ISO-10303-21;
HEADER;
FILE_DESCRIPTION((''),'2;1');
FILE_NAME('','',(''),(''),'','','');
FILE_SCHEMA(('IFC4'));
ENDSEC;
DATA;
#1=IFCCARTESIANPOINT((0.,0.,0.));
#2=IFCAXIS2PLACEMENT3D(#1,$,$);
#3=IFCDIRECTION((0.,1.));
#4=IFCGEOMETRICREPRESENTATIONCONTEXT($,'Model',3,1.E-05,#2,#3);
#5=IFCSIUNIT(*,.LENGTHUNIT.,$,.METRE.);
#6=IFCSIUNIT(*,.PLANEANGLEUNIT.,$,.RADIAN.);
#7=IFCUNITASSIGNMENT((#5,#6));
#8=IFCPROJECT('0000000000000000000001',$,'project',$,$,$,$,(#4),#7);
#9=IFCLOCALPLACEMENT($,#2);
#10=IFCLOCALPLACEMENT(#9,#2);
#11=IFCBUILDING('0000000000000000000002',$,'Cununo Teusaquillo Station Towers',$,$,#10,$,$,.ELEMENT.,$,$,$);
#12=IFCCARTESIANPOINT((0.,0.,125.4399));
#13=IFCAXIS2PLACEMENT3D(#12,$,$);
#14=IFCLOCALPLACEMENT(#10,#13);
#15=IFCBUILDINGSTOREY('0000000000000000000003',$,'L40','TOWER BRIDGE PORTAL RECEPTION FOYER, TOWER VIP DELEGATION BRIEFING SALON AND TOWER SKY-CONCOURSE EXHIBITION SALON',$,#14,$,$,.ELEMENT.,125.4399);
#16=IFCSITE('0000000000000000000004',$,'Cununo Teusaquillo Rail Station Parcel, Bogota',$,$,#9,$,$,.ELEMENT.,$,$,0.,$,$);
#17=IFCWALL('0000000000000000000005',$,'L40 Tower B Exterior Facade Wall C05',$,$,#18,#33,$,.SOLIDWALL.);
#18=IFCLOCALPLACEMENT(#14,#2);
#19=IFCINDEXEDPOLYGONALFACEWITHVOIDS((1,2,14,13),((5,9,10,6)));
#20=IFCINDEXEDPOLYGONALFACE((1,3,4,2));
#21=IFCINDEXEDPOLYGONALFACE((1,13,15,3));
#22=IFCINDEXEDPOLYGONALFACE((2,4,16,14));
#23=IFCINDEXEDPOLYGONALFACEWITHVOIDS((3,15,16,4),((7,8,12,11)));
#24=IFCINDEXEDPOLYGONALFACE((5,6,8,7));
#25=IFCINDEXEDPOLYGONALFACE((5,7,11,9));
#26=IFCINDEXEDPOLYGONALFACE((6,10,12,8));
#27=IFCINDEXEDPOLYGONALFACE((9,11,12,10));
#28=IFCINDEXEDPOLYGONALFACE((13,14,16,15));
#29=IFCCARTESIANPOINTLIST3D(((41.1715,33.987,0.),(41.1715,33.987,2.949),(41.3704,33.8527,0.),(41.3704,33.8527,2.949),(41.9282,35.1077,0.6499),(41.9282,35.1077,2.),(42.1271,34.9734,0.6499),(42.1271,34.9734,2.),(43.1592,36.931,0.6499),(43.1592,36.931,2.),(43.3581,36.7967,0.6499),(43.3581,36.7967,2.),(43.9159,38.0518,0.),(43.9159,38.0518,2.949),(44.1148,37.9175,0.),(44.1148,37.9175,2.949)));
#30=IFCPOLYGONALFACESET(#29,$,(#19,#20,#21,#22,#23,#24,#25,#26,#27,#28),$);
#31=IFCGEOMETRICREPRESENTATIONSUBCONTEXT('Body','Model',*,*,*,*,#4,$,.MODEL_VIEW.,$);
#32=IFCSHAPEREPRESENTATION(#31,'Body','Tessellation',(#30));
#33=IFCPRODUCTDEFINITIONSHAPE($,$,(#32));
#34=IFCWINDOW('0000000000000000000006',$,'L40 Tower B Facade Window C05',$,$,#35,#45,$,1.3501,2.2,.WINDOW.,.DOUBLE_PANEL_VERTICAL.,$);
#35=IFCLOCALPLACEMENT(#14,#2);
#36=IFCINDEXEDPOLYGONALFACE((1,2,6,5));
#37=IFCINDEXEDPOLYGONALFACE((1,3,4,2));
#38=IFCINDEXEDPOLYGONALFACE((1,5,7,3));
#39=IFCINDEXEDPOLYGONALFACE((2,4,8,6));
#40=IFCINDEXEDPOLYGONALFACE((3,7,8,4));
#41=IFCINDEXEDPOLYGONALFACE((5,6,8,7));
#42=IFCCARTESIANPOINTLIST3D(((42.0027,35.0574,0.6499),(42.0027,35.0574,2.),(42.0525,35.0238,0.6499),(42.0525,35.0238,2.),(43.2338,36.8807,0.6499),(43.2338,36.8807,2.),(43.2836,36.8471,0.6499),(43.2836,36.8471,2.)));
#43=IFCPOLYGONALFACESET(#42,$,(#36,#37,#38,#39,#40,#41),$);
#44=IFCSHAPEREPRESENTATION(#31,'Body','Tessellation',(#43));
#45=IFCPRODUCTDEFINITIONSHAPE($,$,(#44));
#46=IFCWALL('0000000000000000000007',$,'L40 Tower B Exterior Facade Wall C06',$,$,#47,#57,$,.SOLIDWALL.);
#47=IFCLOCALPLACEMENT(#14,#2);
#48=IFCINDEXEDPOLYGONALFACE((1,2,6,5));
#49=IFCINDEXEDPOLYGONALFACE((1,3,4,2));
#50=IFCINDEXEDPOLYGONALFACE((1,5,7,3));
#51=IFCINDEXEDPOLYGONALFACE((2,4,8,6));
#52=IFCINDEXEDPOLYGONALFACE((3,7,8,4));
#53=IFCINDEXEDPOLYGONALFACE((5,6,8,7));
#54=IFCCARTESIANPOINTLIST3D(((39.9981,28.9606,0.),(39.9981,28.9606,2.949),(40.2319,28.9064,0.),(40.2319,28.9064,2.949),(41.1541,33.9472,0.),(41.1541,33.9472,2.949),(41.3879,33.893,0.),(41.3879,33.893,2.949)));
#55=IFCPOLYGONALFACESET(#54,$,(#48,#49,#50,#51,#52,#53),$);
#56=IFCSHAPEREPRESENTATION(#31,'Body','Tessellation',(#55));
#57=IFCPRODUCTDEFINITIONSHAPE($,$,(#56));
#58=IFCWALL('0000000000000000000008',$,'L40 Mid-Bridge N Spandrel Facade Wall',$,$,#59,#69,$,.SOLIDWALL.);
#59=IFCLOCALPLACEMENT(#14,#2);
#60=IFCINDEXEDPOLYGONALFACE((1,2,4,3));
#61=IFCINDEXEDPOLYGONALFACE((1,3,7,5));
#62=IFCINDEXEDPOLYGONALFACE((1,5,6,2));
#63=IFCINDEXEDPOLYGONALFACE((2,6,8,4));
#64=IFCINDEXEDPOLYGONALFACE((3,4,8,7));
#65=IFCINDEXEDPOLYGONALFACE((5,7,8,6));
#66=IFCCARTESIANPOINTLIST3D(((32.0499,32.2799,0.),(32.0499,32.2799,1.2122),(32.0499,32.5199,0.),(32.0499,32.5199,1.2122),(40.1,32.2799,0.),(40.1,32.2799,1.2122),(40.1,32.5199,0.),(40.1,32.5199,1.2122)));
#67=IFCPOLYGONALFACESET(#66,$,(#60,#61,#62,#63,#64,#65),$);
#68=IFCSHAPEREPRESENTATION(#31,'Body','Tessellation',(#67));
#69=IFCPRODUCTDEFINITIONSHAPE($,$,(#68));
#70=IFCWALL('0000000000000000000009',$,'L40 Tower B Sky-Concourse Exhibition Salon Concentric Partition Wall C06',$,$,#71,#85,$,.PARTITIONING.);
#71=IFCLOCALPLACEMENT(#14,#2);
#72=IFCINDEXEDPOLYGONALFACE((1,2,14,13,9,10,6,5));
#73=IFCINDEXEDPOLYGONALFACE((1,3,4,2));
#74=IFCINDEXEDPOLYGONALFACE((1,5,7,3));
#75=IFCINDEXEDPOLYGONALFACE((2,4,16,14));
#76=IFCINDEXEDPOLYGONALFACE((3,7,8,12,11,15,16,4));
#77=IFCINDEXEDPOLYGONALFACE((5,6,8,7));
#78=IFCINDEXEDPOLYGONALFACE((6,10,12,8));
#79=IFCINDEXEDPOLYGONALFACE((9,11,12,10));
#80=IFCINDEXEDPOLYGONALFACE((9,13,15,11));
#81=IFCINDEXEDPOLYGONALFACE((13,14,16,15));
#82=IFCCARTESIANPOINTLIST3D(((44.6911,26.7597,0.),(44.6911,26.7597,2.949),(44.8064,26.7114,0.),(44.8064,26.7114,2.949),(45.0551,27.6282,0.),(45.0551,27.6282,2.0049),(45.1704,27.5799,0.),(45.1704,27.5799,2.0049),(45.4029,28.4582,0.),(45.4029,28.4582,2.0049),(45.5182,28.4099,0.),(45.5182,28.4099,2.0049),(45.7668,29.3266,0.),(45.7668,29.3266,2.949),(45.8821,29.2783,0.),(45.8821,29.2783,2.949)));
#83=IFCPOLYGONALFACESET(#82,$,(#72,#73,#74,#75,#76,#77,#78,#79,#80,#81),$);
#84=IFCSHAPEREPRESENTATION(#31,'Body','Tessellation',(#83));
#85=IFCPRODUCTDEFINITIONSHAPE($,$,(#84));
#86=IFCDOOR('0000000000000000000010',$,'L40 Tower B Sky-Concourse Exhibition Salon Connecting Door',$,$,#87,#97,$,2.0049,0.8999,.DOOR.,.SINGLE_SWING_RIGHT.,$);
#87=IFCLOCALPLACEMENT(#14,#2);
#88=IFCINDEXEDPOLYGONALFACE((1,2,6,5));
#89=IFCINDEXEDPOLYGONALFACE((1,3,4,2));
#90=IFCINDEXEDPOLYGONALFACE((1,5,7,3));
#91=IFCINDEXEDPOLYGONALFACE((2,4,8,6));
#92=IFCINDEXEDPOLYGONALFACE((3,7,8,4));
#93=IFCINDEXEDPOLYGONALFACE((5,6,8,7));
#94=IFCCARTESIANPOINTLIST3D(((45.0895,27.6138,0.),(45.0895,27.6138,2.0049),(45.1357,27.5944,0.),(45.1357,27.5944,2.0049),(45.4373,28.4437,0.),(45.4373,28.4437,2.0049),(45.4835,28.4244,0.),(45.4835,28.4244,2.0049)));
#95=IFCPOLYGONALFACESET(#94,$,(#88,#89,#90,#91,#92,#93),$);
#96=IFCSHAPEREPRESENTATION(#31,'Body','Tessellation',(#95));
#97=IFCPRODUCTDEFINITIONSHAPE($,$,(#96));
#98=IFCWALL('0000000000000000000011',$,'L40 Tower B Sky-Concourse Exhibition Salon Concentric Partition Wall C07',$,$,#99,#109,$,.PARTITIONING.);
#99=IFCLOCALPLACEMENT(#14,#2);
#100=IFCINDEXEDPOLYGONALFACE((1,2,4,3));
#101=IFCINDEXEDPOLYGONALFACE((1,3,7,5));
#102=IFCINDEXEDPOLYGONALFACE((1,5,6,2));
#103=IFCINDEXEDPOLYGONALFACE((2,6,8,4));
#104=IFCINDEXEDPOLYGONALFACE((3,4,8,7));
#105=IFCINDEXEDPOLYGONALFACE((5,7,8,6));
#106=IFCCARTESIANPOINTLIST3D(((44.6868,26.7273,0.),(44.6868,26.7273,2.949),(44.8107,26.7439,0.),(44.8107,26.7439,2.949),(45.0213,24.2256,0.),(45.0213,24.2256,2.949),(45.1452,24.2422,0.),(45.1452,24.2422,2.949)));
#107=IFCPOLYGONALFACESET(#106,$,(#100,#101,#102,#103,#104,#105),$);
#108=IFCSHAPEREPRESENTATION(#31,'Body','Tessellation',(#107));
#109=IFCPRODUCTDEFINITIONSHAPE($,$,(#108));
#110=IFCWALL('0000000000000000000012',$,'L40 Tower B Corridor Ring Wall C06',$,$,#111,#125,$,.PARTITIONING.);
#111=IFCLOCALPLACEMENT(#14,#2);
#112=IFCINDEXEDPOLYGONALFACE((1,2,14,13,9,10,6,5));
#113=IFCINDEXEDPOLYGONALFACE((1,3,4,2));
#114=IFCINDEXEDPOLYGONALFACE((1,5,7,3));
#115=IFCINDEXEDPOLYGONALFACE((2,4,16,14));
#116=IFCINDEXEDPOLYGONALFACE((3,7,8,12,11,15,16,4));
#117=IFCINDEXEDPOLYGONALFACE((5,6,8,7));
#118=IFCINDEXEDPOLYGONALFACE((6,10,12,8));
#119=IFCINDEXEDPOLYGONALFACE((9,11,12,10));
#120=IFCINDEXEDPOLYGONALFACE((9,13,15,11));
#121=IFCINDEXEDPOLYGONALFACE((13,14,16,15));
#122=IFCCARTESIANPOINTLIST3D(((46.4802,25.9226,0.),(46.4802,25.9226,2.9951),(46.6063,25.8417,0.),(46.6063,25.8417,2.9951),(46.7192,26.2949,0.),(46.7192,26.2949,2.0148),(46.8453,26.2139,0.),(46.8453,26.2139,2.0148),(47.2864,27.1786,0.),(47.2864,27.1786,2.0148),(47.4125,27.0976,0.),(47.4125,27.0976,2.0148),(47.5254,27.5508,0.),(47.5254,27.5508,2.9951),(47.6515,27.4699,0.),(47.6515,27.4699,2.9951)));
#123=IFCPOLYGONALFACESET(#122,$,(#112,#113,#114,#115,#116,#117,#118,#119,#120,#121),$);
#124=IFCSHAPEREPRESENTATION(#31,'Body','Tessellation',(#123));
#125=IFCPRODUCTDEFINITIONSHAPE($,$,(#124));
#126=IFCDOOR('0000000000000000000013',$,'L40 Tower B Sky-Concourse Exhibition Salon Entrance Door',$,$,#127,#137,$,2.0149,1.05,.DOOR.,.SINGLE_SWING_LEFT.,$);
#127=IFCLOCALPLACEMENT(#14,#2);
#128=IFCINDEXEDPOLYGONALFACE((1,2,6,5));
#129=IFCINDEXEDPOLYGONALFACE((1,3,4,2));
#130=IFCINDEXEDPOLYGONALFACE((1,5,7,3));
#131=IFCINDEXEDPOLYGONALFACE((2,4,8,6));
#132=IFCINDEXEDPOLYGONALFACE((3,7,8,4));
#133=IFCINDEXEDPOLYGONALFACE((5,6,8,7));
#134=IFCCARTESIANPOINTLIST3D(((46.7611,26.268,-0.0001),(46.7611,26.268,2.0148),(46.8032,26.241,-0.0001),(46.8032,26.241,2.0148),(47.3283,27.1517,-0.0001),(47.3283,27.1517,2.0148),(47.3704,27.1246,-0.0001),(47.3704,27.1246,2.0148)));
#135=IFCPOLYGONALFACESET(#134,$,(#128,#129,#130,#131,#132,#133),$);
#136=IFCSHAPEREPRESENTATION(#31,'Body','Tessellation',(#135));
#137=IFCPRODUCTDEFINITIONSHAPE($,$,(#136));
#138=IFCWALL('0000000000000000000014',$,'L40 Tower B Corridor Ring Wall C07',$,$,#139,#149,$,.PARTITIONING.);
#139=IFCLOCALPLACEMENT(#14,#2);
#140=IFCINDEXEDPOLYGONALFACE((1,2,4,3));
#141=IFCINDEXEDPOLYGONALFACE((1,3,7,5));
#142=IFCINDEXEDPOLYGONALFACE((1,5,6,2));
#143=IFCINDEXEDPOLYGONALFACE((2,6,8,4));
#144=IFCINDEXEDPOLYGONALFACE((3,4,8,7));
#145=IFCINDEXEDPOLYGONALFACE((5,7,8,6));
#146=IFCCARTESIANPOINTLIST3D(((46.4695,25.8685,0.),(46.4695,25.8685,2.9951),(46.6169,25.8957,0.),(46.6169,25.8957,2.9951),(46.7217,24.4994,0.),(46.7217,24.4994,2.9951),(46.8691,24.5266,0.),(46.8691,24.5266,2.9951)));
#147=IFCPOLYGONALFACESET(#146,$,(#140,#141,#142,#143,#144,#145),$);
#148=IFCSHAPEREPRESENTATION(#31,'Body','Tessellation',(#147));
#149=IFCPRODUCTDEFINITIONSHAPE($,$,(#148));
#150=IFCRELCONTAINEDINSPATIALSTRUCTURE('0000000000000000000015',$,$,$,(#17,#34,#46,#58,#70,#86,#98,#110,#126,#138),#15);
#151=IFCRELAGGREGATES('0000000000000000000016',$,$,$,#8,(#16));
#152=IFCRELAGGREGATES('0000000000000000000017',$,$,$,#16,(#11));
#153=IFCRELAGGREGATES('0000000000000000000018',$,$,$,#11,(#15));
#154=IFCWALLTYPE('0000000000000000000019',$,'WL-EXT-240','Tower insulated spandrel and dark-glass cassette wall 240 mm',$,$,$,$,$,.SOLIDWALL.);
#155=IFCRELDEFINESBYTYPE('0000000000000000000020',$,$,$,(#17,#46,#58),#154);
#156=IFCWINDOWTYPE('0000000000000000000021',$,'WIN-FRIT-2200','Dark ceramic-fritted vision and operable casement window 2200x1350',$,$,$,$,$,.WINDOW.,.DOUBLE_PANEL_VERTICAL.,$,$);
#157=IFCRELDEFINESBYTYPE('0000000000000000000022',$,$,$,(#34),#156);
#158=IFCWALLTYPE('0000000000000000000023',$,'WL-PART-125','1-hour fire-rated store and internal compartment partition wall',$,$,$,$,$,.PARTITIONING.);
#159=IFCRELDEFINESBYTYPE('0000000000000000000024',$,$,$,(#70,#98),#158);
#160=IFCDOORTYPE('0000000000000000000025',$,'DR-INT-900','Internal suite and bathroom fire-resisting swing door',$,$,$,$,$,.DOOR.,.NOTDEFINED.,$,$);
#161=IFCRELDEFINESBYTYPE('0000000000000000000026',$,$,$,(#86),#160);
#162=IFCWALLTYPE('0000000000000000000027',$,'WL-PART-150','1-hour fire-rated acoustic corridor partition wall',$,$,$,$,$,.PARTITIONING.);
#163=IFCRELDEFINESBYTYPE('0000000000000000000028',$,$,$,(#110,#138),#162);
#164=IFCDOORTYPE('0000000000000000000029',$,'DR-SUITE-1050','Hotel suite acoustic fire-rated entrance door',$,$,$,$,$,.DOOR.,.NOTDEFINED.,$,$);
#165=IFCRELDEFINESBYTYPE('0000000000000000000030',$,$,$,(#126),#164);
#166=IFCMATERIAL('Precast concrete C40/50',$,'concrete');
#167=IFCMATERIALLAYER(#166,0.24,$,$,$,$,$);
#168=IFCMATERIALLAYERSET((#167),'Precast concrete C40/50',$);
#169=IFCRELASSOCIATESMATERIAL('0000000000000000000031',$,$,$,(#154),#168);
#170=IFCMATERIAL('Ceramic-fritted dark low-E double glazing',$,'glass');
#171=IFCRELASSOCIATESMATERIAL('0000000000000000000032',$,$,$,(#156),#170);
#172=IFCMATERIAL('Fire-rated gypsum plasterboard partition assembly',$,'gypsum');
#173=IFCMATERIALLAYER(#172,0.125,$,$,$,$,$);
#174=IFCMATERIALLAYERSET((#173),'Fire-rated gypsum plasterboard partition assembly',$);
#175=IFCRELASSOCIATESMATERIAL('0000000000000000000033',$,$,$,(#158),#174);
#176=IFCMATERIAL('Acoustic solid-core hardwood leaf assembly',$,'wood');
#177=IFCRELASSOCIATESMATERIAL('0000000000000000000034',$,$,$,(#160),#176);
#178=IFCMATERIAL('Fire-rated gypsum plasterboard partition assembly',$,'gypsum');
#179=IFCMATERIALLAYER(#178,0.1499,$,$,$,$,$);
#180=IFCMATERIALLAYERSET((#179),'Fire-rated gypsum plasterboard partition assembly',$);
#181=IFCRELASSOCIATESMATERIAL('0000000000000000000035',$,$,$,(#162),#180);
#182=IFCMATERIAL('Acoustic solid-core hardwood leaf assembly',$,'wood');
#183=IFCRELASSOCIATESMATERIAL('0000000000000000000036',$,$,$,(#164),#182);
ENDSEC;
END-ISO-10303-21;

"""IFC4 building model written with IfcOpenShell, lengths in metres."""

from ifc_helpers import new_model, si_unit, direction, frame, frame_2d, origin, place, context, subcontext, project, spatial, rectangle, extrude, source, transform, mapped, material, layer, layer_set, type_object, element, fill, save


model = new_model("IFC4")

# Units and contexts
model_context = context("Model", 3, precision=1e-05, world=origin(), true_north=direction((0.0, 1.0)))
body_context = subcontext(model_context, "Body", "Model", "MODEL_VIEW")
ifc_project = project(units=[si_unit("LENGTHUNIT", "METRE"), si_unit("PLANEANGLEUNIT", "RADIAN")], contexts=[model_context])

# Site, building, storey
site_placement = place(None, origin())
site = spatial("IfcSite", under=ifc_project, at=site_placement, Name="Cununo Teusaquillo Rail Station Parcel, Bogota", CompositionType="ELEMENT", RefElevation=0.0)
building_placement = place(site_placement, origin())
building = spatial("IfcBuilding", under=site, at=building_placement, Name="Cununo Teusaquillo Station Towers", CompositionType="ELEMENT")
storey_placement = place(building_placement, frame((0.0, 0.0, 125.4399)))
storey = spatial("IfcBuildingStorey", under=building, at=storey_placement, Name="L40", Description="TOWER BRIDGE PORTAL RECEPTION FOYER, TOWER VIP DELEGATION BRIEFING SALON AND TOWER SKY-CONCOURSE EXHIBITION SALON", CompositionType="ELEMENT", Elevation=125.4399)

# Shared definitions
ifc_material_1 = material(Name="Precast concrete C40/50", Category="concrete")
ifc_layer_1 = layer(ifc_material_1, 0.24)
ifc_layer_set_1 = layer_set([ifc_layer_1], Name="Precast concrete C40/50")
wall_type_1 = type_object("IfcWallType", Name="WL-EXT-240", Description="Tower insulated spandrel and dark-glass cassette wall 240 mm", PredefinedType="SOLIDWALL", material=ifc_layer_set_1)

# Wall, opening, window
wall_1_placement = place(storey_placement, frame((41.271, 33.9199, 0.0), z_axis=(0.0, 0.0, 1.0), x_axis=(0.559573, 0.828781, 0.0)))
wall_1 = element("IfcWall", 1, at=wall_1_placement, inside=storey, type_object=wall_type_1, Name="L40 Tower B Exterior Facade Wall C05", PredefinedType="SOLIDWALL", context=body_context, shape_type="SweptSolid", body=[
    extrude(rectangle(XDim=4.9045, YDim=0.24, at=frame_2d((2.4521, 0.0))), origin(), (0.0, 0.0, 1.0), 2.949),
])
shared_shape_1 = source(origin(), body_context, "Body", "SweptSolid", [
    extrude(rectangle(XDim=2.2, YDim=1.3501, at=frame_2d((1.1001, 0.675))), frame((0.0, 0.1299, 0.0), z_axis=(0.0, -1.0, 0.0), x_axis=(1.0, 0.0, 0.0)), (0.0, 0.0, 1.0), 0.26),
])
opening_1_placement = place(wall_1_placement, frame((1.3521, 0.0, 0.6499)))
opening_1 = element("IfcOpeningElement", 2, at=opening_1_placement, cuts=wall_1, PredefinedType="OPENING", context=body_context, shape_type="MappedRepresentation", body=[
    mapped(shared_shape_1, transform((0.0, 0.0, 0.0), x_axis=(1.0, 0.0, 0.0), y_axis=(0.0, 1.0, 0.0), z_axis=(0.0, 0.0, 1.0), scale=1.0)),
])
ifc_material_2 = material(Name="Ceramic-fritted dark low-E double glazing", Category="glass")
window_type_1 = type_object("IfcWindowType", Name="WIN-FRIT-2200", Description="Dark ceramic-fritted vision and operable casement window 2200x1350", PartitioningType="DOUBLE_PANEL_VERTICAL", PredefinedType="WINDOW", material=ifc_material_2)
shared_shape_2 = source(origin(), body_context, "Body", "SweptSolid", [
    extrude(rectangle(XDim=2.2, YDim=1.3501, at=frame_2d((1.1001, 0.675))), frame((0.0, 0.03, 0.0), z_axis=(0.0, -1.0, 0.0), x_axis=(1.0, 0.0, 0.0)), (0.0, 0.0, 1.0), 0.0601),
])
window_1_placement = place(opening_1_placement, origin())
window_1 = element("IfcWindow", 3, at=window_1_placement, inside=storey, type_object=window_type_1, Name="L40 Tower B Facade Window C05", OverallHeight=1.3501, OverallWidth=2.2, PartitioningType="DOUBLE_PANEL_VERTICAL", PredefinedType="WINDOW", context=body_context, shape_type="MappedRepresentation", body=[
    mapped(shared_shape_2, transform((0.0, 0.0, 0.0), x_axis=(1.0, 0.0, 0.0), y_axis=(0.0, 1.0, 0.0), z_axis=(0.0, 0.0, 1.0), scale=1.0)),
])
fill(opening_1, window_1)

# Walls
wall_2_placement = place(storey_placement, frame((40.115, 28.9333, 0.0), z_axis=(0.0, 0.0, 1.0), x_axis=(0.225835, 0.974166, 0.0)))
element("IfcWall", 4, at=wall_2_placement, inside=storey, type_object=wall_type_1, Name="L40 Tower B Exterior Facade Wall C06", PredefinedType="SOLIDWALL", context=body_context, shape_type="SweptSolid", body=[
    extrude(rectangle(XDim=5.1189, YDim=0.24, at=frame_2d((2.5596, 0.0))), origin(), (0.0, 0.0, 1.0), 2.949),
])
wall_3_placement = place(storey_placement, frame((32.05, 32.3999, 0.0), z_axis=(0.0, 0.0, 1.0), x_axis=(1.0, 0.0, 0.0)))
element("IfcWall", 5, at=wall_3_placement, inside=storey, type_object=wall_type_1, Name="L40 Mid-Bridge N Spandrel Facade Wall", PredefinedType="SOLIDWALL", context=body_context, shape_type="SweptSolid", body=[
    extrude(rectangle(XDim=8.05, YDim=0.24, at=frame_2d((4.0249, 0.0))), origin(), (0.0, 0.0, 1.0), 1.2122),
])

# Wall, opening, door
ifc_material_3 = material(Name="Fire-rated gypsum plasterboard partition assembly", Category="gypsum")
ifc_layer_2 = layer(ifc_material_3, 0.125)
ifc_layer_set_2 = layer_set([ifc_layer_2], Name="Fire-rated gypsum plasterboard partition assembly")
wall_type_2 = type_object("IfcWallType", Name="WL-PART-125", Description="1-hour fire-rated store and internal compartment partition wall", PredefinedType="PARTITIONING", material=ifc_layer_set_2)
wall_4_placement = place(storey_placement, frame((45.8245, 29.3025, 0.0), z_axis=(0.0, 0.0, 1.0), x_axis=(-0.386496, -0.922291, 0.0)))
wall_4 = element("IfcWall", 6, at=wall_4_placement, inside=storey, type_object=wall_type_2, Name="L40 Tower B Sky-Concourse Exhibition Salon Concentric Partition Wall C06", PredefinedType="PARTITIONING", context=body_context, shape_type="SweptSolid", body=[
    extrude(rectangle(XDim=2.7832, YDim=0.125, at=frame_2d((1.3916, 0.0))), origin(), (0.0, 0.0, 1.0), 2.949),
])
shared_shape_3 = source(origin(), body_context, "Body", "SweptSolid", [
    extrude(rectangle(XDim=0.8999, YDim=2.0049, at=frame_2d((0.45, 1.0024))), frame((0.0, 0.0725, 0.0), z_axis=(0.0, -1.0, 0.0), x_axis=(1.0, 0.0, 0.0)), (0.0, 0.0, 1.0), 0.145),
])
opening_2_placement = place(wall_4_placement, frame((0.9417, 0.0, 0.0)))
opening_2 = element("IfcOpeningElement", 7, at=opening_2_placement, cuts=wall_4, PredefinedType="OPENING", context=body_context, shape_type="MappedRepresentation", body=[
    mapped(shared_shape_3, transform((0.0, 0.0, 0.0), x_axis=(1.0, 0.0, 0.0), y_axis=(0.0, 1.0, 0.0), z_axis=(0.0, 0.0, 1.0), scale=1.0)),
])
ifc_material_4 = material(Name="Acoustic solid-core hardwood leaf assembly", Category="wood")
door_type_1 = type_object("IfcDoorType", Name="DR-INT-900", Description="Internal suite and bathroom fire-resisting swing door", OperationType="NOTDEFINED", PredefinedType="DOOR", material=ifc_material_4)
shared_shape_4 = source(origin(), body_context, "Body", "SweptSolid", [
    extrude(rectangle(XDim=0.8999, YDim=2.0049, at=frame_2d((0.45, 1.0024))), frame((0.0, 0.0249, 0.0), z_axis=(0.0, -1.0, 0.0), x_axis=(1.0, 0.0, 0.0)), (0.0, 0.0, 1.0), 0.05),
])
door_1_placement = place(opening_2_placement, origin())
door_1 = element("IfcDoor", 8, at=door_1_placement, inside=storey, type_object=door_type_1, Name="L40 Tower B Sky-Concourse Exhibition Salon Connecting Door", OperationType="SINGLE_SWING_RIGHT", OverallHeight=2.0049, OverallWidth=0.8999, PredefinedType="DOOR", context=body_context, shape_type="MappedRepresentation", body=[
    mapped(shared_shape_4, transform((0.0, 0.0, 0.0), x_axis=(1.0, 0.0, 0.0), y_axis=(0.0, 1.0, 0.0), z_axis=(0.0, 0.0, 1.0), scale=1.0)),
])
fill(opening_2, door_1)

# Wall
wall_5_placement = place(storey_placement, frame((44.7488, 26.7356, 0.0), z_axis=(0.0, 0.0, 1.0), x_axis=(0.132519, -0.991181, 0.0)))
element("IfcWall", 9, at=wall_5_placement, inside=storey, type_object=wall_type_2, Name="L40 Tower B Sky-Concourse Exhibition Salon Concentric Partition Wall C07", PredefinedType="PARTITIONING", context=body_context, shape_type="SweptSolid", body=[
    extrude(rectangle(XDim=2.5239, YDim=0.125, at=frame_2d((1.262, 0.0))), origin(), (0.0, 0.0, 1.0), 2.949),
])

# Wall, opening, door
ifc_material_5 = material(Name="Fire-rated gypsum plasterboard partition assembly", Category="gypsum")
ifc_layer_3 = layer(ifc_material_5, 0.1499)
ifc_layer_set_3 = layer_set([ifc_layer_3], Name="Fire-rated gypsum plasterboard partition assembly")
wall_type_3 = type_object("IfcWallType", Name="WL-PART-150", Description="1-hour fire-rated acoustic corridor partition wall", PredefinedType="PARTITIONING", material=ifc_layer_set_3)
wall_6_placement = place(storey_placement, frame((47.5884, 27.5103, 0.0), z_axis=(0.0, 0.0, 1.0), x_axis=(-0.540203, -0.841535, 0.0)))
wall_6 = element("IfcWall", 10, at=wall_6_placement, inside=storey, type_object=wall_type_3, Name="L40 Tower B Corridor Ring Wall C06", PredefinedType="PARTITIONING", context=body_context, shape_type="SweptSolid", body=[
    extrude(rectangle(XDim=1.9348, YDim=0.1499, at=frame_2d((0.9673, 0.0))), origin(), (0.0, 0.0, 1.0), 2.9951),
])
shared_shape_5 = source(origin(), body_context, "Body", "SweptSolid", [
    extrude(rectangle(XDim=1.05, YDim=2.0149, at=frame_2d((0.5249, 1.0073))), frame((0.0, 0.085, 0.0), z_axis=(0.0, -1.0, 0.0), x_axis=(1.0, 0.0, 0.0)), (0.0, 0.0, 1.0), 0.1699),
])
opening_3_placement = place(wall_6_placement, frame((0.4424, 0.0, 0.0)))
opening_3 = element("IfcOpeningElement", 11, at=opening_3_placement, cuts=wall_6, PredefinedType="OPENING", context=body_context, shape_type="MappedRepresentation", body=[
    mapped(shared_shape_5, transform((0.0, 0.0, 0.0), x_axis=(1.0, 0.0, 0.0), y_axis=(0.0, 1.0, 0.0), z_axis=(0.0, 0.0, 1.0), scale=1.0)),
])
ifc_material_6 = material(Name="Acoustic solid-core hardwood leaf assembly", Category="wood")
door_type_2 = type_object("IfcDoorType", Name="DR-SUITE-1050", Description="Hotel suite acoustic fire-rated entrance door", OperationType="NOTDEFINED", PredefinedType="DOOR", material=ifc_material_6)
shared_shape_6 = source(origin(), body_context, "Body", "SweptSolid", [
    extrude(rectangle(XDim=1.05, YDim=2.0149, at=frame_2d((0.5249, 1.0073))), frame((0.0, 0.0249, 0.0), z_axis=(0.0, -1.0, 0.0), x_axis=(1.0, 0.0, 0.0)), (0.0, 0.0, 1.0), 0.05),
])
door_2_placement = place(opening_3_placement, origin())
door_2 = element("IfcDoor", 12, at=door_2_placement, inside=storey, type_object=door_type_2, Name="L40 Tower B Sky-Concourse Exhibition Salon Entrance Door", OperationType="SINGLE_SWING_LEFT", OverallHeight=2.0149, OverallWidth=1.05, PredefinedType="DOOR", context=body_context, shape_type="MappedRepresentation", body=[
    mapped(shared_shape_6, transform((0.0, 0.0, 0.0), x_axis=(1.0, 0.0, 0.0), y_axis=(0.0, 1.0, 0.0), z_axis=(0.0, 0.0, 1.0), scale=1.0)),
])
fill(opening_3, door_2)

# Wall
wall_7_placement = place(storey_placement, frame((46.5432, 25.8821, 0.0), z_axis=(0.0, 0.0, 1.0), x_axis=(0.181154, -0.983455, 0.0)))
element("IfcWall", 13, at=wall_7_placement, inside=storey, type_object=wall_type_3, Name="L40 Tower B Corridor Ring Wall C07", PredefinedType="PARTITIONING", context=body_context, shape_type="SweptSolid", body=[
    extrude(rectangle(XDim=1.3921, YDim=0.1499, at=frame_2d((0.696, 0.0))), origin(), (0.0, 0.0, 1.0), 2.9951),
])

save(model, "model.ifc")
